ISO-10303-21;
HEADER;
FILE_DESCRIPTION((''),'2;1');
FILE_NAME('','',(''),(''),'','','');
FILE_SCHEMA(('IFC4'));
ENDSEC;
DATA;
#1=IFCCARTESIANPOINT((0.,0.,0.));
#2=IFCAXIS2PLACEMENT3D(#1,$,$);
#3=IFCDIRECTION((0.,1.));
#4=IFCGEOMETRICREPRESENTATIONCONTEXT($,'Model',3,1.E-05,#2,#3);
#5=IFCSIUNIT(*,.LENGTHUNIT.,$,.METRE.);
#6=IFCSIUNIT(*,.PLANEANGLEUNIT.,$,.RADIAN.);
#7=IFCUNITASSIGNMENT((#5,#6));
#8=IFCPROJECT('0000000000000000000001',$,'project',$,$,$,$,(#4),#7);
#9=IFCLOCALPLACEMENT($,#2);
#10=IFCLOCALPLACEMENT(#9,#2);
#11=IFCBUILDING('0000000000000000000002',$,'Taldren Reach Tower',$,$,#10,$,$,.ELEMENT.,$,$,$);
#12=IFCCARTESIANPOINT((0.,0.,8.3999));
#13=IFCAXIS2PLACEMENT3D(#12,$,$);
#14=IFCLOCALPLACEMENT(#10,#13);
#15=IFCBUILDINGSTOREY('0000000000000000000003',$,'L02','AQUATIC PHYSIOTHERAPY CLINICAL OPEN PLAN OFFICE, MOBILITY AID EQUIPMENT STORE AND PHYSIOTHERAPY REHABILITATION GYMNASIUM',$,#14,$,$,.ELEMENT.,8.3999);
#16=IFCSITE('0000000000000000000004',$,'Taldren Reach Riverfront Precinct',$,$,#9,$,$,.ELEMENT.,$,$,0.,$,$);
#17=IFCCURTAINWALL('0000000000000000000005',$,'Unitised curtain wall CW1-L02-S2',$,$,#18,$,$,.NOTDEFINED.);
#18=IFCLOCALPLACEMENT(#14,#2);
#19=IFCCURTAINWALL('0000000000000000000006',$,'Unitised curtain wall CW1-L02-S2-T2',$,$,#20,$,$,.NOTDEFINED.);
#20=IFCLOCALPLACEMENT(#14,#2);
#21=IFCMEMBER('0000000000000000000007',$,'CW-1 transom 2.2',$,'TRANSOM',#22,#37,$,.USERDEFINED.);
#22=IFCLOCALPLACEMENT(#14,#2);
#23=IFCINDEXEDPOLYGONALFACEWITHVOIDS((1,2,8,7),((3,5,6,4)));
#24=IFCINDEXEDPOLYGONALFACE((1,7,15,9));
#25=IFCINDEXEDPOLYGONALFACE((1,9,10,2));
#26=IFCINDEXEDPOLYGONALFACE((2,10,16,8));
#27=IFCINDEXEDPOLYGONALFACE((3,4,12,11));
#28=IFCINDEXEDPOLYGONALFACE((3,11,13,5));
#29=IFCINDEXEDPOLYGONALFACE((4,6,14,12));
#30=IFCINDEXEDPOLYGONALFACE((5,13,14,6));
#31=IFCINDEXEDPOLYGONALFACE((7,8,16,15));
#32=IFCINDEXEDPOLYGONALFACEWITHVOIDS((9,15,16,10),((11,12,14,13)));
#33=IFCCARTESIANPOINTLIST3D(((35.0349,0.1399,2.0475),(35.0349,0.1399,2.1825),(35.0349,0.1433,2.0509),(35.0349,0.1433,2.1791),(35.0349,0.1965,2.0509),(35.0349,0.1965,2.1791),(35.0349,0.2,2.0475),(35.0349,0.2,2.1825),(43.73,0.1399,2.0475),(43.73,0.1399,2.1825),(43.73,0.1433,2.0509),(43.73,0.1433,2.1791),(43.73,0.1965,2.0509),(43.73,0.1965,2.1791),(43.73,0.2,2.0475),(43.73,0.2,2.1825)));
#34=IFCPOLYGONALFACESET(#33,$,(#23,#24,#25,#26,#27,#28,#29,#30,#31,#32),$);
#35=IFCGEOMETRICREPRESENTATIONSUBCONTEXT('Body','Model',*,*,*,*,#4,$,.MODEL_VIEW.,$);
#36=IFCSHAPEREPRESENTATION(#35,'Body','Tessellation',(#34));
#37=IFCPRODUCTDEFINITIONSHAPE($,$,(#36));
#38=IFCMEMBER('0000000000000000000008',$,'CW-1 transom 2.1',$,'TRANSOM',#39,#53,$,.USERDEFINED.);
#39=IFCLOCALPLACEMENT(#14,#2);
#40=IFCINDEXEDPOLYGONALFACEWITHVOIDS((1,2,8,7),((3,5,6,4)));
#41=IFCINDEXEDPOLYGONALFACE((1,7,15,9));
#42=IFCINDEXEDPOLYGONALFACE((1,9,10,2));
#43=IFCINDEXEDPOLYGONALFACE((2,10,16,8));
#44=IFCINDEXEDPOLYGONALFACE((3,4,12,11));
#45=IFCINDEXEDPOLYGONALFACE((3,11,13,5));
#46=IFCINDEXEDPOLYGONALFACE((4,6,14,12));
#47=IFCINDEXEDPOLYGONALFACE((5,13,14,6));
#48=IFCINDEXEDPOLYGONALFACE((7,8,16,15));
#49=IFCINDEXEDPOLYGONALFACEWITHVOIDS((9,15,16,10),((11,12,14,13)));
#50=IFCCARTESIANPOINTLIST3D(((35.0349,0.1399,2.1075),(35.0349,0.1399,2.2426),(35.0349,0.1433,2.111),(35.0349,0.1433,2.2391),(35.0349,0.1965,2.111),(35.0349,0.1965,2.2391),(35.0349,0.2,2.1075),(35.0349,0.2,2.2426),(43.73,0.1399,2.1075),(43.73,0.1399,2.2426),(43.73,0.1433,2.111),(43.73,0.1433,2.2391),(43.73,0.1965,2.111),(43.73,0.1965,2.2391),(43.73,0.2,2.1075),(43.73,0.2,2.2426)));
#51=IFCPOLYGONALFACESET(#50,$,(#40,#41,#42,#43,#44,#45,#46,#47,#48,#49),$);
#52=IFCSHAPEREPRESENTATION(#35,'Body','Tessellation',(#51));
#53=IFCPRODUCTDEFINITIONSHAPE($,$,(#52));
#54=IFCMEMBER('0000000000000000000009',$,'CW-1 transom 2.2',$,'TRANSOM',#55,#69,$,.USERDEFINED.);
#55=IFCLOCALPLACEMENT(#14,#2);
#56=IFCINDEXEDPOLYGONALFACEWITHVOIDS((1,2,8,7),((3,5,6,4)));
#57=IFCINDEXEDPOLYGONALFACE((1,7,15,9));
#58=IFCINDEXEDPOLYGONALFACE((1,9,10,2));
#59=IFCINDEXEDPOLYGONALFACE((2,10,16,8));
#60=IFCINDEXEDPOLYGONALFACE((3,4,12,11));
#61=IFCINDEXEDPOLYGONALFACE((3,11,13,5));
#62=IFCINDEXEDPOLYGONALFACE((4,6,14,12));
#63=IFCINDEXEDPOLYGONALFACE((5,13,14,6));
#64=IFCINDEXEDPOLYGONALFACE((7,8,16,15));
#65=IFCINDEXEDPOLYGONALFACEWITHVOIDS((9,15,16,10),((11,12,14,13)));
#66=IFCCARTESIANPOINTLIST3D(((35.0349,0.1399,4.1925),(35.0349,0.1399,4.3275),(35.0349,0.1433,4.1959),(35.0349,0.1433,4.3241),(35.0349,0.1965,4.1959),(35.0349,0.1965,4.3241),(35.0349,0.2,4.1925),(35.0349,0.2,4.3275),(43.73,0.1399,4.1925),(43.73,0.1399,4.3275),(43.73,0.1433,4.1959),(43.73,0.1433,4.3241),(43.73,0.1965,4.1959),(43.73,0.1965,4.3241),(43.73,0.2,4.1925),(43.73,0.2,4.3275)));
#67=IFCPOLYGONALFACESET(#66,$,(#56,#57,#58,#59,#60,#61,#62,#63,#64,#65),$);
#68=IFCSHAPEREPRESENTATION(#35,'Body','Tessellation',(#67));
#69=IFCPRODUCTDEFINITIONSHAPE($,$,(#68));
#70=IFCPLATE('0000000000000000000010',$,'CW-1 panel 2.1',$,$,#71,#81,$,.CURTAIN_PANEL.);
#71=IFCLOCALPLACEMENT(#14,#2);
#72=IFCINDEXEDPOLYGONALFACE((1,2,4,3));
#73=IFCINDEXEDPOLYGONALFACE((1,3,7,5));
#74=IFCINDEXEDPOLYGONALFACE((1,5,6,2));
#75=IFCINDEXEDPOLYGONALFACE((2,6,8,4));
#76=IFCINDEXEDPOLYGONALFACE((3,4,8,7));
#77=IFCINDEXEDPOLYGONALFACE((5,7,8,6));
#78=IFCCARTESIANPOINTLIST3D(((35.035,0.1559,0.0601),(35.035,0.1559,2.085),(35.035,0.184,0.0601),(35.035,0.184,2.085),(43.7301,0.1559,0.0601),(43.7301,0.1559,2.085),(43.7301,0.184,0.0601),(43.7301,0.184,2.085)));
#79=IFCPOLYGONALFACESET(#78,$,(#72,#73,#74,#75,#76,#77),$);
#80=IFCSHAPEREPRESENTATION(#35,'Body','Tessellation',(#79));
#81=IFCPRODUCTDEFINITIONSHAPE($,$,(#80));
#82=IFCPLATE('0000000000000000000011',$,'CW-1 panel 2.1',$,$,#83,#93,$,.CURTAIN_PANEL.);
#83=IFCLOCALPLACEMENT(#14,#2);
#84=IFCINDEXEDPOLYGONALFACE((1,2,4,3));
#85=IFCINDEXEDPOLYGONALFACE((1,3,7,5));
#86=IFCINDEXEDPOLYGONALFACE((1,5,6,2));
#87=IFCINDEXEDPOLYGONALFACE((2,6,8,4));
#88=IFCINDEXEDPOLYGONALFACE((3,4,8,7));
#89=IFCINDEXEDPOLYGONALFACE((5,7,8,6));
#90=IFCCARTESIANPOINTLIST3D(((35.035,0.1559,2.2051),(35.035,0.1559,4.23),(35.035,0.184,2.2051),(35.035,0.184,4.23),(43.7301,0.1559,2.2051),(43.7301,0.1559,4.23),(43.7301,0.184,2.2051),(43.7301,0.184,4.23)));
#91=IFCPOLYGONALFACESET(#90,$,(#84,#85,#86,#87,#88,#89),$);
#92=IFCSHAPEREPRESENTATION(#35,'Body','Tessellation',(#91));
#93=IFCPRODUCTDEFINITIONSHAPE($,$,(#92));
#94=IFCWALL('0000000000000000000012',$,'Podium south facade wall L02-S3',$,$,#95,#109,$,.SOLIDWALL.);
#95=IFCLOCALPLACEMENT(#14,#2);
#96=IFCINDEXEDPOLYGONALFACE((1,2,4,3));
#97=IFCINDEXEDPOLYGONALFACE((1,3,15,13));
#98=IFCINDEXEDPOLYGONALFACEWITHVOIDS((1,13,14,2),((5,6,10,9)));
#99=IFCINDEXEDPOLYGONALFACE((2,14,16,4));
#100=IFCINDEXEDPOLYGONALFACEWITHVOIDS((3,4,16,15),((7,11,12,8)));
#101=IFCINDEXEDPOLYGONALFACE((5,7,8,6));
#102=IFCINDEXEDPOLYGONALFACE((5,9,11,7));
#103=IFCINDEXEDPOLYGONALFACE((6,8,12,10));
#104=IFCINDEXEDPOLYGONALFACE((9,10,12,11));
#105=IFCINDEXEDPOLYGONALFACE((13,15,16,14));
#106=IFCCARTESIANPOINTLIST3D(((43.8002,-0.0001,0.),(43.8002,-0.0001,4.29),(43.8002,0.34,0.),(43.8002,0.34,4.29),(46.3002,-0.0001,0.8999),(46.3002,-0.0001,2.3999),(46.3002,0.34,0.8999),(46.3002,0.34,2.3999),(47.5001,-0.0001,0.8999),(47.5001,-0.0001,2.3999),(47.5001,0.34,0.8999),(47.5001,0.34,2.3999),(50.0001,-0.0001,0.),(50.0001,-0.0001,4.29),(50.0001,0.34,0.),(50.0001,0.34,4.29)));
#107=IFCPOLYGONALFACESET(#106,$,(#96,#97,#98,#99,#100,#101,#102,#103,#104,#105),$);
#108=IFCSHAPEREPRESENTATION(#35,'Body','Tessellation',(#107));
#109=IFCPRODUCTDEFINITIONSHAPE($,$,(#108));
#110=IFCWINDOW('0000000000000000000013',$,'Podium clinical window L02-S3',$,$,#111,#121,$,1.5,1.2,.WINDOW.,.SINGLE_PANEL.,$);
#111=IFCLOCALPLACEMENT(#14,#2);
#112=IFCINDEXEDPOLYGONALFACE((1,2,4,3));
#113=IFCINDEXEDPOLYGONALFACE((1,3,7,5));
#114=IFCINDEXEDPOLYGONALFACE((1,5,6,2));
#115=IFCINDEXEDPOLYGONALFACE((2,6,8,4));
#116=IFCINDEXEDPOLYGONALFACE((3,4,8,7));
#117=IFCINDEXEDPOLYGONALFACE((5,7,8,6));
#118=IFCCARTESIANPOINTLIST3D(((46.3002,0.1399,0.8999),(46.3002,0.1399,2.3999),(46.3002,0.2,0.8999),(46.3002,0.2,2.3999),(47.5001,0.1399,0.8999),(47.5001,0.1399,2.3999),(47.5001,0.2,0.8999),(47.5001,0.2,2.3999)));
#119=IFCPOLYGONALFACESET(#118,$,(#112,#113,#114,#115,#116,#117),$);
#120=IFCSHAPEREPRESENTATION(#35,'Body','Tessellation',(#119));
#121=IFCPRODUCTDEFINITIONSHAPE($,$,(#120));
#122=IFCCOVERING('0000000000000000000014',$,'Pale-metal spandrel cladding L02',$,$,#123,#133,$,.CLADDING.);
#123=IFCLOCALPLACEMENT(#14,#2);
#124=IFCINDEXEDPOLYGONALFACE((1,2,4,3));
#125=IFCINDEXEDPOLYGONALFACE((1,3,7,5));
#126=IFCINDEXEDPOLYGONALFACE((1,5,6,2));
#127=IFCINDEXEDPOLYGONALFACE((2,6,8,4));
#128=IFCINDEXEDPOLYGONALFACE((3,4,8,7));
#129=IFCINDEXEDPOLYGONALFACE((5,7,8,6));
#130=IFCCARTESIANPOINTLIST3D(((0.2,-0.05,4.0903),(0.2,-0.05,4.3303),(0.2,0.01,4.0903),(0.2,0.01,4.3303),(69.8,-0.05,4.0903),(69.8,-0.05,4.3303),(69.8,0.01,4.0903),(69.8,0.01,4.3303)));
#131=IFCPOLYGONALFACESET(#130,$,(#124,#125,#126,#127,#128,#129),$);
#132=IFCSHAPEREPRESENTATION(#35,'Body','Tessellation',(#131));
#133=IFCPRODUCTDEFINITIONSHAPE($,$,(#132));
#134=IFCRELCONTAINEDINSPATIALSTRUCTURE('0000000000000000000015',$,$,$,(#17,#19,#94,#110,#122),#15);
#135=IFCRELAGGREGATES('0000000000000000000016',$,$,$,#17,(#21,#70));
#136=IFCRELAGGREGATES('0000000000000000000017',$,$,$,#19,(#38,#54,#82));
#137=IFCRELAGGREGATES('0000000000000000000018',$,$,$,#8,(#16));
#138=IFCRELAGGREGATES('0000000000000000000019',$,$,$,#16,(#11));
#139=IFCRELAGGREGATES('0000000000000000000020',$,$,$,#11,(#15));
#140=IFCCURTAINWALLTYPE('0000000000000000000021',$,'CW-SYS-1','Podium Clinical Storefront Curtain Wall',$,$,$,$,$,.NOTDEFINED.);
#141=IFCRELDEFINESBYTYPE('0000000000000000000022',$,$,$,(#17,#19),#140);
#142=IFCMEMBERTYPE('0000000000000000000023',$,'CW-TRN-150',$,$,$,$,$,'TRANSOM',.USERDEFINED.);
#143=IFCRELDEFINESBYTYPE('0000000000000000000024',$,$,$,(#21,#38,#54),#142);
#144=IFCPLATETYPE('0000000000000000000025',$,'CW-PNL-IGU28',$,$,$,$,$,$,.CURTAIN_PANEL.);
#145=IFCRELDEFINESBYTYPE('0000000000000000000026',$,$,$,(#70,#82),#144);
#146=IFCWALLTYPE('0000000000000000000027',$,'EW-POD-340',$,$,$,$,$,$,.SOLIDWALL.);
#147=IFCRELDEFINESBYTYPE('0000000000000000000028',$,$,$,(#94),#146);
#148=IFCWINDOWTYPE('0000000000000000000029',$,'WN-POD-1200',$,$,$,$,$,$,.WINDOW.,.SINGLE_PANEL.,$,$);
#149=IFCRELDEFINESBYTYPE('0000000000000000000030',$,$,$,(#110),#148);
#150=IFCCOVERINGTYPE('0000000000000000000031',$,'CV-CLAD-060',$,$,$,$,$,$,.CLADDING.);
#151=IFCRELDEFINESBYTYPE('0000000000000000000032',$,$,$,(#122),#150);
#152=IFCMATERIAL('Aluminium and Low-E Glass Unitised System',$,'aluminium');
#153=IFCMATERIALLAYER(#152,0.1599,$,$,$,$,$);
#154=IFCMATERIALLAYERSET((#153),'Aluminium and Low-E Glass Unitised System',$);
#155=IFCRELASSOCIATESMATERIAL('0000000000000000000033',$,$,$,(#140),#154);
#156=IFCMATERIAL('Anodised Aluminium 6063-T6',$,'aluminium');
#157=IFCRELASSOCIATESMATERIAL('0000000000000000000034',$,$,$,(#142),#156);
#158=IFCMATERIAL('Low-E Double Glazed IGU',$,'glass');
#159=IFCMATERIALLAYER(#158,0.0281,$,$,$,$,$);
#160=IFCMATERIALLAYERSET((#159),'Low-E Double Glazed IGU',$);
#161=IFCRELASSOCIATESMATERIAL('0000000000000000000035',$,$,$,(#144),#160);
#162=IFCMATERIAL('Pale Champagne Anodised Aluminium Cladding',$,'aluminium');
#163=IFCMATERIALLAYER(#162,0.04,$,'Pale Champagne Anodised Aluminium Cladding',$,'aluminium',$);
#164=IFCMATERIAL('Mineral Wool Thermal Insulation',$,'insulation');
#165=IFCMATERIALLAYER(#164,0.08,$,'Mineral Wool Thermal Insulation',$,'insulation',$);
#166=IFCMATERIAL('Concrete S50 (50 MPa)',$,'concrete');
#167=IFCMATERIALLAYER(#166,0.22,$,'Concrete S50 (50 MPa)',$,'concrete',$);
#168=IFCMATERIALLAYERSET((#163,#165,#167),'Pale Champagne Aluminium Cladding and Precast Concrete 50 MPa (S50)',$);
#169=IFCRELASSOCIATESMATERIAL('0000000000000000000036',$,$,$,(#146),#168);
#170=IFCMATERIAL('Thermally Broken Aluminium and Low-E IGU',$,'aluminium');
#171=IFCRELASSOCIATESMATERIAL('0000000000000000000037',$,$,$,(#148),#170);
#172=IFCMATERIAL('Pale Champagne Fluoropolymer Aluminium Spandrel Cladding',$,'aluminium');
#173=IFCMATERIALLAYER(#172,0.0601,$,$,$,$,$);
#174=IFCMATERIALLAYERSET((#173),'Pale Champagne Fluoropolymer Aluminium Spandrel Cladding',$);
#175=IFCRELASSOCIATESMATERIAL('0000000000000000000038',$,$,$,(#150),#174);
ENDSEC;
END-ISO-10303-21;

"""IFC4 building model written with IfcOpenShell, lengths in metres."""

from ifc_helpers import new_model, si_unit, direction, frame, frame_2d, origin, origin_2d, place, context, subcontext, project, spatial, rectangle, hollow_rectangle, extrude, source, transform, mapped, material, layer, layer_set, material_profile, profile_set, type_object, element, fill, aggregate, save


model = new_model("IFC4")

# Units and contexts
model_context = context("Model", 3, precision=1e-05, world=origin(), true_north=direction((0.0, 1.0)))
body_context = subcontext(model_context, "Body", "Model", "MODEL_VIEW")
ifc_project = project(units=[si_unit("LENGTHUNIT", "METRE"), si_unit("PLANEANGLEUNIT", "RADIAN")], contexts=[model_context])

# Site, building, storey
site_placement = place(None, origin())
site = spatial("IfcSite", under=ifc_project, at=site_placement, Name="Taldren Reach Riverfront Precinct", CompositionType="ELEMENT", RefElevation=0.0)
building_placement = place(site_placement, origin())
building = spatial("IfcBuilding", under=site, at=building_placement, Name="Taldren Reach Tower", CompositionType="ELEMENT")
storey_placement = place(building_placement, frame((0.0, 0.0, 8.3999)))
storey = spatial("IfcBuildingStorey", under=building, at=storey_placement, Name="L02", Description="AQUATIC PHYSIOTHERAPY CLINICAL OPEN PLAN OFFICE, MOBILITY AID EQUIPMENT STORE AND PHYSIOTHERAPY REHABILITATION GYMNASIUM", CompositionType="ELEMENT", Elevation=8.3999)

# Curtain walls
ifc_material_1 = material(Name="Aluminium and Low-E Glass Unitised System", Category="aluminium")
ifc_layer_1 = layer(ifc_material_1, 0.1599)
ifc_layer_set_1 = layer_set([ifc_layer_1], Name="Aluminium and Low-E Glass Unitised System")
curtain_wall_type = type_object("IfcCurtainWallType", Name="CW-SYS-1", Description="Podium Clinical Storefront Curtain Wall", PredefinedType="NOTDEFINED", material=ifc_layer_set_1)
curtain_wall_1_placement = place(storey_placement, origin())
curtain_wall_1 = element("IfcCurtainWall", 1, at=curtain_wall_1_placement, inside=storey, type_object=curtain_wall_type, Name="Unitised curtain wall CW1-L02-S2", PredefinedType="NOTDEFINED")
ifc_material_2 = material(Name="Anodised Aluminium 6063-T6", Category="aluminium")
curtain_wall_2_placement = place(storey_placement, origin())
curtain_wall_2 = element("IfcCurtainWall", 2, at=curtain_wall_2_placement, inside=storey, type_object=curtain_wall_type, Name="Unitised curtain wall CW1-L02-S2-T2", PredefinedType="NOTDEFINED")

# Members
ifc_material_profile_1 = material_profile(ifc_material_2, hollow_rectangle(XDim=0.0601, YDim=0.135, WallThickness=0.0034, at=origin_2d()), Name="ALU-135x60x3.5RHS")
ifc_profile_set_1 = profile_set([ifc_material_profile_1], Name="Anodised Aluminium 6063-T6")
member_type_1 = type_object("IfcMemberType", Name="CW-TRN-150", ElementType="TRANSOM", PredefinedType="USERDEFINED", material=ifc_profile_set_1)
shared_shape_1 = source(origin(), body_context, "Body", "SweptSolid", [
    extrude(hollow_rectangle(XDim=0.0601, YDim=0.135, WallThickness=0.0034, at=origin_2d()), origin(), (0.0, 0.0, 1.0), 8.6951),
])
member_1_placement = place(storey_placement, frame((35.0349, 0.1699, 2.115), z_axis=(1.0, 0.0, 0.0), x_axis=(0.0, 1.0, 0.0)))
member_1 = element("IfcMember", 3, at=member_1_placement, type_object=member_type_1, Name="CW-1 transom 2.2", ObjectType="TRANSOM", PredefinedType="USERDEFINED", context=body_context, shape_type="MappedRepresentation", body=[
    mapped(shared_shape_1, transform((0.0, 0.0, 0.0), scale=1.0)),
])
member_2_placement = place(storey_placement, frame((35.0349, 0.1699, 2.175), z_axis=(1.0, 0.0, 0.0), x_axis=(0.0, 1.0, 0.0)))
member_2 = element("IfcMember", 4, at=member_2_placement, type_object=member_type_1, Name="CW-1 transom 2.1", ObjectType="TRANSOM", PredefinedType="USERDEFINED", context=body_context, shape_type="MappedRepresentation", body=[
    mapped(shared_shape_1, transform((0.0, 0.0, 0.0), scale=1.0)),
])
member_3_placement = place(storey_placement, frame((35.0349, 0.1699, 4.26), z_axis=(1.0, 0.0, 0.0), x_axis=(0.0, 1.0, 0.0)))
member_3 = element("IfcMember", 5, at=member_3_placement, type_object=member_type_1, Name="CW-1 transom 2.2", ObjectType="TRANSOM", PredefinedType="USERDEFINED", context=body_context, shape_type="MappedRepresentation", body=[
    mapped(shared_shape_1, transform((0.0, 0.0, 0.0), scale=1.0)),
])

# Plates
ifc_material_3 = material(Name="Low-E Double Glazed IGU", Category="glass")
ifc_layer_2 = layer(ifc_material_3, 0.0281)
ifc_layer_set_2 = layer_set([ifc_layer_2], Name="Low-E Double Glazed IGU")
plate_type = type_object("IfcPlateType", Name="CW-PNL-IGU28", PredefinedType="CURTAIN_PANEL", material=ifc_layer_set_2)
shared_shape_2 = source(origin(), body_context, "Body", "SweptSolid", [
    extrude(rectangle(XDim=8.6951, YDim=0.0281, at=origin_2d()), origin(), (0.0, 0.0, 1.0), 2.0249),
])
plate_1_placement = place(storey_placement, frame((39.3826, 0.1699, 0.0601), z_axis=(0.0, 0.0, 1.0), x_axis=(1.0, 0.0, 0.0)))
plate_1 = element("IfcPlate", 6, at=plate_1_placement, type_object=plate_type, Name="CW-1 panel 2.1", PredefinedType="CURTAIN_PANEL", context=body_context, shape_type="MappedRepresentation", body=[
    mapped(shared_shape_2, transform((0.0, 0.0, 0.0), scale=1.0)),
])
aggregate(curtain_wall_1, [member_1, plate_1])
plate_2_placement = place(storey_placement, frame((39.3826, 0.1699, 2.2051), z_axis=(0.0, 0.0, 1.0), x_axis=(1.0, 0.0, 0.0)))
plate_2 = element("IfcPlate", 7, at=plate_2_placement, type_object=plate_type, Name="CW-1 panel 2.1", PredefinedType="CURTAIN_PANEL", context=body_context, shape_type="MappedRepresentation", body=[
    mapped(shared_shape_2, transform((0.0, 0.0, 0.0), scale=1.0)),
])
aggregate(curtain_wall_2, [member_2, member_3, plate_2])

# Wall, opening, window
ifc_material_4 = material(Name="Pale Champagne Anodised Aluminium Cladding", Category="aluminium")
ifc_layer_3 = layer(ifc_material_4, 0.04, Name="Pale Champagne Anodised Aluminium Cladding", Category="aluminium")
ifc_material_5 = material(Name="Mineral Wool Thermal Insulation", Category="insulation")
ifc_layer_4 = layer(ifc_material_5, 0.08, Name="Mineral Wool Thermal Insulation", Category="insulation")
ifc_material_6 = material(Name="Concrete S50 (50 MPa)", Category="concrete")
ifc_layer_5 = layer(ifc_material_6, 0.22, Name="Concrete S50 (50 MPa)", Category="concrete")
ifc_layer_set_3 = layer_set([ifc_layer_3, ifc_layer_4, ifc_layer_5], Name="Pale Champagne Aluminium Cladding and Precast Concrete 50 MPa (S50)")
wall_type = type_object("IfcWallType", Name="EW-POD-340", PredefinedType="SOLIDWALL", material=ifc_layer_set_3)
shared_shape_3 = source(origin(), body_context, "Body", "SweptSolid", [
    extrude(rectangle(XDim=6.2, YDim=0.3401, at=frame_2d((3.1001, 0.0))), origin(), (0.0, 0.0, 1.0), 4.29),
])
wall_placement = place(storey_placement, frame((43.8, 0.1699, 0.0), z_axis=(0.0, 0.0, 1.0), x_axis=(1.0, 0.0, 0.0)))
wall = element("IfcWall", 8, at=wall_placement, inside=storey, type_object=wall_type, Name="Podium south facade wall L02-S3", PredefinedType="SOLIDWALL", context=body_context, shape_type="MappedRepresentation", body=[
    mapped(shared_shape_3, transform((0.0, 0.0, 0.0), scale=1.0)),
])
shared_shape_4 = source(origin(), body_context, "Body", "SweptSolid", [
    extrude(rectangle(XDim=1.2, YDim=1.5, at=frame_2d((0.6001, 0.75))), frame((0.0, 0.1802, 0.0), z_axis=(0.0, -1.0, 0.0), x_axis=(1.0, 0.0, 0.0)), (0.0, 0.0, 1.0), 0.3601),
])
opening_placement = place(wall_placement, frame((2.5, 0.0, 0.8999)))
opening = element("IfcOpeningElement", 9, at=opening_placement, cuts=wall, PredefinedType="OPENING", context=body_context, shape_type="MappedRepresentation", body=[
    mapped(shared_shape_4, transform((0.0, 0.0, 0.0), scale=1.0)),
])
ifc_material_7 = material(Name="Thermally Broken Aluminium and Low-E IGU", Category="aluminium")
window_type = type_object("IfcWindowType", Name="WN-POD-1200", PartitioningType="SINGLE_PANEL", PredefinedType="WINDOW", material=ifc_material_7)
shared_shape_5 = source(origin(), body_context, "Body", "SweptSolid", [
    extrude(rectangle(XDim=1.2, YDim=1.5, at=frame_2d((0.6001, 0.75))), frame((0.0, 0.03, 0.0), z_axis=(0.0, -1.0, 0.0), x_axis=(1.0, 0.0, 0.0)), (0.0, 0.0, 1.0), 0.0601),
])
window_placement = place(opening_placement, origin())
window = element("IfcWindow", 10, at=window_placement, inside=storey, type_object=window_type, Name="Podium clinical window L02-S3", OverallHeight=1.5, OverallWidth=1.2, PartitioningType="SINGLE_PANEL", PredefinedType="WINDOW", context=body_context, shape_type="MappedRepresentation", body=[
    mapped(shared_shape_5, transform((0.0, 0.0, 0.0), scale=1.0)),
])
fill(opening, window)

# Covering
ifc_material_8 = material(Name="Pale Champagne Fluoropolymer Aluminium Spandrel Cladding", Category="aluminium")
ifc_layer_6 = layer(ifc_material_8, 0.0601)
ifc_layer_set_4 = layer_set([ifc_layer_6], Name="Pale Champagne Fluoropolymer Aluminium Spandrel Cladding")
covering_type = type_object("IfcCoveringType", Name="CV-CLAD-060", PredefinedType="CLADDING", material=ifc_layer_set_4)
shared_shape_6 = source(origin(), body_context, "Body", "SweptSolid", [
    extrude(rectangle(XDim=69.6001, YDim=0.0601, at=origin_2d()), origin(), (0.0, 0.0, 1.0), 0.24),
])
covering_placement = place(storey_placement, frame((35.0, -0.02, 4.0903), z_axis=(0.0, 0.0, 1.0), x_axis=(1.0, 0.0, 0.0)))
element("IfcCovering", 11, at=covering_placement, inside=storey, type_object=covering_type, Name="Pale-metal spandrel cladding L02", PredefinedType="CLADDING", context=body_context, shape_type="MappedRepresentation", body=[
    mapped(shared_shape_6, transform((0.0, 0.0, 0.0), scale=1.0)),
])

save(model, "model.ifc")
